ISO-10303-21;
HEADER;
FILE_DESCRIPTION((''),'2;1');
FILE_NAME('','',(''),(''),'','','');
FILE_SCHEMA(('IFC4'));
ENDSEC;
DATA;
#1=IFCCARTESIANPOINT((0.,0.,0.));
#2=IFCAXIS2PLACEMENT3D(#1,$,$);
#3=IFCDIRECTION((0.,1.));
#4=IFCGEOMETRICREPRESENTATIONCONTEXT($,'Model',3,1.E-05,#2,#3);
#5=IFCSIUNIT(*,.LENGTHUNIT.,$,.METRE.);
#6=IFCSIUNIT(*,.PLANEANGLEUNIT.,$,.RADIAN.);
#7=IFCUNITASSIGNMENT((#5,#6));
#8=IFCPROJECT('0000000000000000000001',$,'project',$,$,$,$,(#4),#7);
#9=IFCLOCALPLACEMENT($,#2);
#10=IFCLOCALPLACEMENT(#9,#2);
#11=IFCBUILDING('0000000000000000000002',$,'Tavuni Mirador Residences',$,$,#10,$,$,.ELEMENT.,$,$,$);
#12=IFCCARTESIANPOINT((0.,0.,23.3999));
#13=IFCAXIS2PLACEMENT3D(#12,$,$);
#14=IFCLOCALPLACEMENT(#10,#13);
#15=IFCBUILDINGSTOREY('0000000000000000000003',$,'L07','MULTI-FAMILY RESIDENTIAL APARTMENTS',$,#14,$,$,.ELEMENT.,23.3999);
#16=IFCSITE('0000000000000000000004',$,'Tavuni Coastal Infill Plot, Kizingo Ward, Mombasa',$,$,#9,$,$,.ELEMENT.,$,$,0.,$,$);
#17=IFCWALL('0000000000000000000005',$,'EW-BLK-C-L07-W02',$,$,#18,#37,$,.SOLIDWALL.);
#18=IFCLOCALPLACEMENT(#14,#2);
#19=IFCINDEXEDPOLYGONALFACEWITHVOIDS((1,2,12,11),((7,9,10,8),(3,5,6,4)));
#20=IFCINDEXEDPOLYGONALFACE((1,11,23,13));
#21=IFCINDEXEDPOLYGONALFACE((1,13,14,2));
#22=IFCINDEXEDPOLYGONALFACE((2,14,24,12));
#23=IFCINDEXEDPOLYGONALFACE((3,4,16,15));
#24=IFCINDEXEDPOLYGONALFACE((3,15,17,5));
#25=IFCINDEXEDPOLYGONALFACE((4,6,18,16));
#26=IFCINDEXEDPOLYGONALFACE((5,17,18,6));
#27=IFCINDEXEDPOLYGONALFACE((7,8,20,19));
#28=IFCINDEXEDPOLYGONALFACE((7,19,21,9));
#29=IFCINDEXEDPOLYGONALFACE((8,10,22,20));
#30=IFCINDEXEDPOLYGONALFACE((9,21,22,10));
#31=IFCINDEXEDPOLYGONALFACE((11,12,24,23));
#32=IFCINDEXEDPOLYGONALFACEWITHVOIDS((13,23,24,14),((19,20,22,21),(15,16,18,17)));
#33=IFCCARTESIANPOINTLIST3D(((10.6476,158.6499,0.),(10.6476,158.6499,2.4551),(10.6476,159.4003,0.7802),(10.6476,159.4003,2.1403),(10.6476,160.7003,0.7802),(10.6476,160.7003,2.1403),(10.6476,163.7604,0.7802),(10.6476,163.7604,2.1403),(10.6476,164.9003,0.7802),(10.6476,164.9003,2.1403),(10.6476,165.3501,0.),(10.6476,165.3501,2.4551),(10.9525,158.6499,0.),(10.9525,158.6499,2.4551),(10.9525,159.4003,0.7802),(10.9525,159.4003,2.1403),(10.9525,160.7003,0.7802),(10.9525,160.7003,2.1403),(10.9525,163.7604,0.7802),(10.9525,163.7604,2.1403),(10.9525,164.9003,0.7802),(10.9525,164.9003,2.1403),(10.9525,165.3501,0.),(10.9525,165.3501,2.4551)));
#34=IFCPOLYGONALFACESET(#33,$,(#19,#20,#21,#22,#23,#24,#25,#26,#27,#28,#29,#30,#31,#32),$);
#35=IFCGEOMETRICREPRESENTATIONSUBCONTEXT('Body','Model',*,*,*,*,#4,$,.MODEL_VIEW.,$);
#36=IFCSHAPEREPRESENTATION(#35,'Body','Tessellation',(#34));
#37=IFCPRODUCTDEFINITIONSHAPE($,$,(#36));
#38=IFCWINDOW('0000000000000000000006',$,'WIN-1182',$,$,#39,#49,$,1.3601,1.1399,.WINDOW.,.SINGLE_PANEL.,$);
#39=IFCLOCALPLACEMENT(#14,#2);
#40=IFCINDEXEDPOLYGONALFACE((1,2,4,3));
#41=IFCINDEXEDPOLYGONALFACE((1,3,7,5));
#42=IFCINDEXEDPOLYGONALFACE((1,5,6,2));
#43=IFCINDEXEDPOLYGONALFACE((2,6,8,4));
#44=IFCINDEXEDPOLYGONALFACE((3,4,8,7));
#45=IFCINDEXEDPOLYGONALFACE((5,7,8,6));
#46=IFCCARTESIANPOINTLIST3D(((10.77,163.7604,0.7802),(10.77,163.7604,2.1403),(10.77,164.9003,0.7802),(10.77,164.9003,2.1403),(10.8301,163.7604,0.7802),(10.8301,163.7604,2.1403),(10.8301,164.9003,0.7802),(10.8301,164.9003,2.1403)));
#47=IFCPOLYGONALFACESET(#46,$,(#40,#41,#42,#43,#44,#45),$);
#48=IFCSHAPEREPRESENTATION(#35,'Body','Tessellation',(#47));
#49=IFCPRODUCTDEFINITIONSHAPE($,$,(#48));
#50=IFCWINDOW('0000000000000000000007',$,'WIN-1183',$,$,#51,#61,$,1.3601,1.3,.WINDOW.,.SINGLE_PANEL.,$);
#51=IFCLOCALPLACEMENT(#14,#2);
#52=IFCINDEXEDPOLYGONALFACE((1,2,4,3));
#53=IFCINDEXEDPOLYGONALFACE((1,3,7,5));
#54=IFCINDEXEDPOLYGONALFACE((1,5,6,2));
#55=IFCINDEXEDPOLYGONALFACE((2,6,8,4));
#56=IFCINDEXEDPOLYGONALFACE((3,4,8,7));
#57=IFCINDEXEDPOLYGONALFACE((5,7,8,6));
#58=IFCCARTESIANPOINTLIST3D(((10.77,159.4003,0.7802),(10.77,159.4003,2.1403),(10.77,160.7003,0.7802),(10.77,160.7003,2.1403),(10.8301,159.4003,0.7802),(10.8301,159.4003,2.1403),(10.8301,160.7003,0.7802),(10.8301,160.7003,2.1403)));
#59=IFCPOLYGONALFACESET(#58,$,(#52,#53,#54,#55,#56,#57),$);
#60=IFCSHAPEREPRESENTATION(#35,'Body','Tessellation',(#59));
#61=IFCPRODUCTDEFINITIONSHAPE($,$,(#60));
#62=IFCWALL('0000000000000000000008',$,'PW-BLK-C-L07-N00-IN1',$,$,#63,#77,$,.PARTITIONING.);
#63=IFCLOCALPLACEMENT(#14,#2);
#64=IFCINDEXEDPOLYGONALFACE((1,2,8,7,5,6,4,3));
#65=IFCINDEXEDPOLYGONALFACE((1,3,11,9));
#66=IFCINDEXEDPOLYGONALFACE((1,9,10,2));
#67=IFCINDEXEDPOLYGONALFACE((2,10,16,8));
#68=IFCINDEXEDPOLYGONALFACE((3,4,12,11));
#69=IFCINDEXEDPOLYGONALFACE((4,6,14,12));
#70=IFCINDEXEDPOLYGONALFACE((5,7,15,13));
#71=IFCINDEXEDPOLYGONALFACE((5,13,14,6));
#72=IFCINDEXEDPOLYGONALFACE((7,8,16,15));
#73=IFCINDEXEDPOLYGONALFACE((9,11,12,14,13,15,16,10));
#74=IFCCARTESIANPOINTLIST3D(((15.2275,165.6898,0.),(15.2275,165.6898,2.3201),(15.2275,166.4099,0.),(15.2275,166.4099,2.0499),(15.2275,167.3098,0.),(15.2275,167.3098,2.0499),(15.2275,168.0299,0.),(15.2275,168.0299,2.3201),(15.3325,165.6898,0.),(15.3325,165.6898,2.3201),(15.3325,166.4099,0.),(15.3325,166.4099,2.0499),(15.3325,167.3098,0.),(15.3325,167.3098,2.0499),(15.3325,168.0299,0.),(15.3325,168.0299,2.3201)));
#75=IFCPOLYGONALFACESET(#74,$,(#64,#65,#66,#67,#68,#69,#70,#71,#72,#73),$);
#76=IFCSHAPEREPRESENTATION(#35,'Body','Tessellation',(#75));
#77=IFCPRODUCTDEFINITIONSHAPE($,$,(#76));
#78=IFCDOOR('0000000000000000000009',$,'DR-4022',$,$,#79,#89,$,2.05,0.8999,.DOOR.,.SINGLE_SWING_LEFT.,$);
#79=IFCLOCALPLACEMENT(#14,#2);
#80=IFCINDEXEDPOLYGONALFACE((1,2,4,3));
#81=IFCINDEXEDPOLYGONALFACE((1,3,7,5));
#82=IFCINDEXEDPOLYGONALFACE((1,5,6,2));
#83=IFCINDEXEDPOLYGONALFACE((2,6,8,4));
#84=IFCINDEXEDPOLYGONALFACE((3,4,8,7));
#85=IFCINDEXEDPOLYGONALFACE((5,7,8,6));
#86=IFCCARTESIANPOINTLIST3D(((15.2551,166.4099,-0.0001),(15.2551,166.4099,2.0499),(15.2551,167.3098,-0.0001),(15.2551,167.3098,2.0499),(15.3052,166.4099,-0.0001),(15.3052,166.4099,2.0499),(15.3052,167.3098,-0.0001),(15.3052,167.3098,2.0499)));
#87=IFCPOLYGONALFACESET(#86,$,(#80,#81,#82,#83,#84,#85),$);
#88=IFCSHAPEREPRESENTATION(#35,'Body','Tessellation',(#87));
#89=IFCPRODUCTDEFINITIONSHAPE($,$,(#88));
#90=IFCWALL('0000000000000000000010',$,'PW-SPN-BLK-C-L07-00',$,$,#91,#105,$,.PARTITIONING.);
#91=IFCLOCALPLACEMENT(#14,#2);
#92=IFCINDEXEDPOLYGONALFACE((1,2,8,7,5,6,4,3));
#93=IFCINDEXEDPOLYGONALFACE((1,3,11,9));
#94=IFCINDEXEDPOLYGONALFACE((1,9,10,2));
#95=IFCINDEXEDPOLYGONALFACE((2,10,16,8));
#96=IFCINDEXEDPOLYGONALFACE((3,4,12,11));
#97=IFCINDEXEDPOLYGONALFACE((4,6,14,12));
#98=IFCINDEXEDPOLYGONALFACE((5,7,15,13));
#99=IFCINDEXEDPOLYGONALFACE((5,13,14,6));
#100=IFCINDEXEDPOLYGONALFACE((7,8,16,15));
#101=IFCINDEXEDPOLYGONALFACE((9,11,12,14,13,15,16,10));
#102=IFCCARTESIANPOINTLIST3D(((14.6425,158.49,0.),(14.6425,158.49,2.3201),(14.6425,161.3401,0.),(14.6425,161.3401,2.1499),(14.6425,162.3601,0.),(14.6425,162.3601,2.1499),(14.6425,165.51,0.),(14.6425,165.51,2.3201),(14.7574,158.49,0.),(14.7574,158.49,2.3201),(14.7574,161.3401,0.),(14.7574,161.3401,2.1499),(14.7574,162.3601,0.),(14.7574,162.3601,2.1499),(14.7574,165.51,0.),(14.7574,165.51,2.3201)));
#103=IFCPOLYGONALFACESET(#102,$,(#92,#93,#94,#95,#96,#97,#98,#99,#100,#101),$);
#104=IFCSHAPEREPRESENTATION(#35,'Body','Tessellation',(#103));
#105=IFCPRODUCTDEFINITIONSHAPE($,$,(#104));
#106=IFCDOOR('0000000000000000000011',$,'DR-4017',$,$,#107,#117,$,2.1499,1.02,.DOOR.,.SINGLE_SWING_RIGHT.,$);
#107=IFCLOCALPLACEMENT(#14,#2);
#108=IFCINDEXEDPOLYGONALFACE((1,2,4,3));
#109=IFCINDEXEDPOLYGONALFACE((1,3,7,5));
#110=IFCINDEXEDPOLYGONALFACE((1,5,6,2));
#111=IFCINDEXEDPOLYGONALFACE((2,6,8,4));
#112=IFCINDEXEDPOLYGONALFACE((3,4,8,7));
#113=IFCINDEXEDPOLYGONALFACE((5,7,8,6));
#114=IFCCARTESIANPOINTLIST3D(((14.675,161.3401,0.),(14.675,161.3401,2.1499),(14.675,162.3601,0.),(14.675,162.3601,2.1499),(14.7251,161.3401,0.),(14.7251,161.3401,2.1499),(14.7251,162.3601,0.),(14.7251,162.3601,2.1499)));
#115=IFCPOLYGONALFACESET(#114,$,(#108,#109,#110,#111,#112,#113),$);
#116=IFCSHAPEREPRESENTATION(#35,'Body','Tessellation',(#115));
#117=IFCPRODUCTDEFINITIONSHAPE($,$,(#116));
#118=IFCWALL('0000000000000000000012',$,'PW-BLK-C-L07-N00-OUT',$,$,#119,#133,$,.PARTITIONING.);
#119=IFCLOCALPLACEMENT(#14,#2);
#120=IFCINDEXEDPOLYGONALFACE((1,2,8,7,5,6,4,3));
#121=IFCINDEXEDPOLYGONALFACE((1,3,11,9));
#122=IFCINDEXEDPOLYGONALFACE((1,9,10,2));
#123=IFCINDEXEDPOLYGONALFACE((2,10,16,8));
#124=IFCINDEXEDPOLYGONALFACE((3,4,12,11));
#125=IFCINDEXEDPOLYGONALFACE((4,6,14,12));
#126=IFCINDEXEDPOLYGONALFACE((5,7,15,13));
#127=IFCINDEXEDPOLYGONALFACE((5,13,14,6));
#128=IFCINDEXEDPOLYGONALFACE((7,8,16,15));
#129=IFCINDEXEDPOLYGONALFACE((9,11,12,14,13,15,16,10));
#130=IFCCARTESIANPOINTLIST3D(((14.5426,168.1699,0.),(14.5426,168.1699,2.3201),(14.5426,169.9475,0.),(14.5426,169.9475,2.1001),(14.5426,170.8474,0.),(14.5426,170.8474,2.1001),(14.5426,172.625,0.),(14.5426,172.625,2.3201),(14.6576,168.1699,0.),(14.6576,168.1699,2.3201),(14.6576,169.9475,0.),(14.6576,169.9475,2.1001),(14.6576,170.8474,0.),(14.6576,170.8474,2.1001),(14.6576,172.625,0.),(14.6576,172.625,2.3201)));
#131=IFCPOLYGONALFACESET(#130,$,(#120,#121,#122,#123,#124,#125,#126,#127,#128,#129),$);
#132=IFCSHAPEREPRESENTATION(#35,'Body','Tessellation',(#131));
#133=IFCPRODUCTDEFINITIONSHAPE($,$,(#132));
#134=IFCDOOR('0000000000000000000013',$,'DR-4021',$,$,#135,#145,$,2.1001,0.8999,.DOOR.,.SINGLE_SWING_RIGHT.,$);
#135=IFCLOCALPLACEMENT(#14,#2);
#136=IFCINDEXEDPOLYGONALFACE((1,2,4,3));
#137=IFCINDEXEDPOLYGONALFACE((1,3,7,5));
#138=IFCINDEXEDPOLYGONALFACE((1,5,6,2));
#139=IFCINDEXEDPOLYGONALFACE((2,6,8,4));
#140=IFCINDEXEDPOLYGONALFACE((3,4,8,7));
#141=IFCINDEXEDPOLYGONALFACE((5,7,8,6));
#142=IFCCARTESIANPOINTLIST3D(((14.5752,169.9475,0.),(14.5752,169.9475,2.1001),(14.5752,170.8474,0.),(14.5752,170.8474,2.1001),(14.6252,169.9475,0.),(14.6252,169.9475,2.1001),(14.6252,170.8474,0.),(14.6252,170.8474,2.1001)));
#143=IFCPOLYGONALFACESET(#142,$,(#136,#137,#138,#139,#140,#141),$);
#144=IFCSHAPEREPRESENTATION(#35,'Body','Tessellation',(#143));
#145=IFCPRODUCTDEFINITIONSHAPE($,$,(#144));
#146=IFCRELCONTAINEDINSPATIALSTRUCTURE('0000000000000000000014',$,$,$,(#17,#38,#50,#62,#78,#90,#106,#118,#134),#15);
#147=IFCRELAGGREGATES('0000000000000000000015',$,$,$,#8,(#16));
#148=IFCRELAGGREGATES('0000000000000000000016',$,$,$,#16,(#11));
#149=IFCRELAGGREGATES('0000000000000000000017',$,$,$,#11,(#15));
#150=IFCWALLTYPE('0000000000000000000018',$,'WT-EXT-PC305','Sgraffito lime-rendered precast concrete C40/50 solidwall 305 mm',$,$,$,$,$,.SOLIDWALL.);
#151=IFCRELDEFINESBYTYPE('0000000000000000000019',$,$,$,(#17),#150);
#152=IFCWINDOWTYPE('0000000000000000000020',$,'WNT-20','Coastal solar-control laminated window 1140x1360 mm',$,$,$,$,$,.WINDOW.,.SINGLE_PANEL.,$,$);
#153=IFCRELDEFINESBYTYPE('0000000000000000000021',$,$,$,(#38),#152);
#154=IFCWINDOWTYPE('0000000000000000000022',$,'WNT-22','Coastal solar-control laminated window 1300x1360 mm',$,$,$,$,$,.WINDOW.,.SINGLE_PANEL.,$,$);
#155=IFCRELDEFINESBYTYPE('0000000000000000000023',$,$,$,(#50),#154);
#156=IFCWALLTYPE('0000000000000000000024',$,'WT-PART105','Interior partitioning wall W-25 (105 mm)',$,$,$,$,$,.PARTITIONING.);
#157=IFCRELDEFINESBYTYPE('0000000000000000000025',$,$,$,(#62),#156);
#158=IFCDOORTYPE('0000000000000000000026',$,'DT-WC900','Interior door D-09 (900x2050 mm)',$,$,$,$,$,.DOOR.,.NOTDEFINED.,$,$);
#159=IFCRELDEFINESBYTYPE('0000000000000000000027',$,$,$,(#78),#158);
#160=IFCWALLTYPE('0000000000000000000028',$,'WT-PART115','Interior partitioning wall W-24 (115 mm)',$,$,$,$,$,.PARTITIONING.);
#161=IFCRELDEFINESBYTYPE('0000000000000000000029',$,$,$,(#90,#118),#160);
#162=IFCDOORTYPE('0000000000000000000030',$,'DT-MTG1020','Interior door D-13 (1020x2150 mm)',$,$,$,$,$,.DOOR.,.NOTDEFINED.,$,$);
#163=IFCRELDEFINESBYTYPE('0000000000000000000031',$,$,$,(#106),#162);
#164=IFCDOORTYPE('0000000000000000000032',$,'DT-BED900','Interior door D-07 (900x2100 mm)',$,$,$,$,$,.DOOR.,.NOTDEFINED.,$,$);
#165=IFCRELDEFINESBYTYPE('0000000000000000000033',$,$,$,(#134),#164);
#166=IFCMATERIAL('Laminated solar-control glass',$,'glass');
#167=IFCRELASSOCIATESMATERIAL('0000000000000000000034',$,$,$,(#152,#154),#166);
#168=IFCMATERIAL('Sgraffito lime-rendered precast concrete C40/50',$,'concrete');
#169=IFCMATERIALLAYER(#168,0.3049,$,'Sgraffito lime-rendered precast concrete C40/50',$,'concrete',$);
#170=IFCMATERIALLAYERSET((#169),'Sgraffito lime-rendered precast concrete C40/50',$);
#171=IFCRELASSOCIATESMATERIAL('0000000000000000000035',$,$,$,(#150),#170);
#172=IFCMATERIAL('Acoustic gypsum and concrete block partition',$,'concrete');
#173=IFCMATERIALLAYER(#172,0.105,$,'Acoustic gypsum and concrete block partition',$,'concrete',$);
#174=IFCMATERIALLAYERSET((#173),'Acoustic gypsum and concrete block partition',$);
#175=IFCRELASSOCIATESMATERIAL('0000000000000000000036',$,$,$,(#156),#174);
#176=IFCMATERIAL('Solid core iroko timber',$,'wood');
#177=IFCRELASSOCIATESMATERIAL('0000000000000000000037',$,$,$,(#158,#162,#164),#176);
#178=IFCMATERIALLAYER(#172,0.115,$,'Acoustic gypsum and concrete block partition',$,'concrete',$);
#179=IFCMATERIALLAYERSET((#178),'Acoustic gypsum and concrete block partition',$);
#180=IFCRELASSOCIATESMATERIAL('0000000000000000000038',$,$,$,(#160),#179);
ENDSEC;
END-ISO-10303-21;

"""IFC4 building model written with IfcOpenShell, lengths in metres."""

from ifc_helpers import new_model, si_unit, direction, frame, frame_2d, origin, place, context, subcontext, project, spatial, rectangle, extrude, material, layer, layer_set, type_object, element, fill, save


model = new_model("IFC4")

# Units and contexts
model_context = context("Model", 3, precision=1e-05, world=origin(), true_north=direction((0.0, 1.0)))
body_context = subcontext(model_context, "Body", "Model", "MODEL_VIEW")
ifc_project = project(units=[si_unit("LENGTHUNIT", "METRE"), si_unit("PLANEANGLEUNIT", "RADIAN")], contexts=[model_context])

# Site, building, storey
site_placement = place(None, origin())
site = spatial("IfcSite", under=ifc_project, at=site_placement, Name="Tavuni Coastal Infill Plot, Kizingo Ward, Mombasa", CompositionType="ELEMENT", RefElevation=0.0)
building_placement = place(site_placement, origin())
building = spatial("IfcBuilding", under=site, at=building_placement, Name="Tavuni Mirador Residences", CompositionType="ELEMENT")
storey_placement = place(building_placement, frame((0.0, 0.0, 23.3999)))
storey = spatial("IfcBuildingStorey", under=building, at=storey_placement, Name="L07", Description="MULTI-FAMILY RESIDENTIAL APARTMENTS", CompositionType="ELEMENT", Elevation=23.3999)

# Shared definitions
ifc_material_1 = material(Name="Solid core iroko timber", Category="wood")

# Wall, openings, windows
ifc_material_2 = material(Name="Sgraffito lime-rendered precast concrete C40/50", Category="concrete")
ifc_material_3 = material(Name="Laminated solar-control glass", Category="glass")
window_type_1 = type_object("IfcWindowType", Name="WNT-20", Description="Coastal solar-control laminated window 1140x1360 mm", PartitioningType="SINGLE_PANEL", PredefinedType="WINDOW", material=ifc_material_3)
ifc_layer_1 = layer(ifc_material_2, 0.3049, Name="Sgraffito lime-rendered precast concrete C40/50", Category="concrete")
ifc_layer_set_1 = layer_set([ifc_layer_1], Name="Sgraffito lime-rendered precast concrete C40/50")
wall_type_1 = type_object("IfcWallType", Name="WT-EXT-PC305", Description="Sgraffito lime-rendered precast concrete C40/50 solidwall 305 mm", PredefinedType="SOLIDWALL", material=ifc_layer_set_1)
wall_1_placement = place(storey_placement, frame((10.8, 165.3501, 0.0), z_axis=(0.0, 0.0, 1.0), x_axis=(0.0, -1.0, 0.0)))
wall_1 = element("IfcWall", 1, at=wall_1_placement, inside=storey, type_object=wall_type_1, Name="EW-BLK-C-L07-W02", PredefinedType="SOLIDWALL", context=body_context, shape_type="SweptSolid", body=[
    extrude(rectangle(XDim=6.7002, YDim=0.3049, at=frame_2d((3.3501, 0.0))), origin(), (0.0, 0.0, 1.0), 2.4551),
])
opening_1_placement = place(wall_1_placement, frame((0.45, 0.0, 0.78)))
opening_1 = element("IfcOpeningElement", 2, at=opening_1_placement, cuts=wall_1, PredefinedType="OPENING", context=body_context, shape_type="SweptSolid", body=[
    extrude(rectangle(XDim=1.1399, YDim=1.3601, at=frame_2d((0.5698, 0.6802))), frame((0.0, 0.1626, 0.0), z_axis=(0.0, -1.0, 0.0), x_axis=(1.0, 0.0, 0.0)), (0.0, 0.0, 1.0), 0.325),
])
opening_2_placement = place(wall_1_placement, frame((4.6499, 0.0, 0.78)))
opening_2 = element("IfcOpeningElement", 3, at=opening_2_placement, cuts=wall_1, PredefinedType="OPENING", context=body_context, shape_type="SweptSolid", body=[
    extrude(rectangle(XDim=1.3, YDim=1.3601, at=frame_2d((0.6499, 0.6802))), frame((0.0, 0.1626, 0.0), z_axis=(0.0, -1.0, 0.0), x_axis=(1.0, 0.0, 0.0)), (0.0, 0.0, 1.0), 0.325),
])
window_1_placement = place(opening_1_placement, origin())
window_1 = element("IfcWindow", 4, at=window_1_placement, inside=storey, type_object=window_type_1, Name="WIN-1182", OverallHeight=1.3601, OverallWidth=1.1399, PartitioningType="SINGLE_PANEL", PredefinedType="WINDOW", context=body_context, shape_type="SweptSolid", body=[
    extrude(rectangle(XDim=1.1399, YDim=1.3601, at=frame_2d((0.5698, 0.6802))), frame((0.0, 0.03, 0.0), z_axis=(0.0, -1.0, 0.0), x_axis=(1.0, 0.0, 0.0)), (0.0, 0.0, 1.0), 0.0601),
])
fill(opening_1, window_1)
window_type_2 = type_object("IfcWindowType", Name="WNT-22", Description="Coastal solar-control laminated window 1300x1360 mm", PartitioningType="SINGLE_PANEL", PredefinedType="WINDOW", material=ifc_material_3)
window_2_placement = place(opening_2_placement, origin())
window_2 = element("IfcWindow", 5, at=window_2_placement, inside=storey, type_object=window_type_2, Name="WIN-1183", OverallHeight=1.3601, OverallWidth=1.3, PartitioningType="SINGLE_PANEL", PredefinedType="WINDOW", context=body_context, shape_type="SweptSolid", body=[
    extrude(rectangle(XDim=1.3, YDim=1.3601, at=frame_2d((0.6499, 0.6802))), frame((0.0, 0.03, 0.0), z_axis=(0.0, -1.0, 0.0), x_axis=(1.0, 0.0, 0.0)), (0.0, 0.0, 1.0), 0.0601),
])
fill(opening_2, window_2)

# Walls, openings, doors
ifc_material_4 = material(Name="Acoustic gypsum and concrete block partition", Category="concrete")
ifc_layer_2 = layer(ifc_material_4, 0.105, Name="Acoustic gypsum and concrete block partition", Category="concrete")
ifc_layer_set_2 = layer_set([ifc_layer_2], Name="Acoustic gypsum and concrete block partition")
wall_type_2 = type_object("IfcWallType", Name="WT-PART105", Description="Interior partitioning wall W-25 (105 mm)", PredefinedType="PARTITIONING", material=ifc_layer_set_2)
wall_2_placement = place(storey_placement, frame((15.28, 165.6899, 0.0), z_axis=(0.0, 0.0, 1.0), x_axis=(0.0, 1.0, 0.0)))
wall_2 = element("IfcWall", 6, at=wall_2_placement, inside=storey, type_object=wall_type_2, Name="PW-BLK-C-L07-N00-IN1", PredefinedType="PARTITIONING", context=body_context, shape_type="SweptSolid", body=[
    extrude(rectangle(XDim=2.3401, YDim=0.105, at=frame_2d((1.1699, 0.0))), origin(), (0.0, 0.0, 1.0), 2.3201),
])
opening_3_placement = place(wall_2_placement, frame((0.72, 0.0, 0.0)))
opening_3 = element("IfcOpeningElement", 7, at=opening_3_placement, cuts=wall_2, PredefinedType="OPENING", context=body_context, shape_type="SweptSolid", body=[
    extrude(rectangle(XDim=0.8999, YDim=2.05, at=frame_2d((0.45, 1.0249))), frame((0.0, 0.0625, 0.0), z_axis=(0.0, -1.0, 0.0), x_axis=(1.0, 0.0, 0.0)), (0.0, 0.0, 1.0), 0.125),
])
door_type_1 = type_object("IfcDoorType", Name="DT-WC900", Description="Interior door D-09 (900x2050 mm)", OperationType="NOTDEFINED", PredefinedType="DOOR", material=ifc_material_1)
door_1_placement = place(opening_3_placement, origin())
door_1 = element("IfcDoor", 8, at=door_1_placement, inside=storey, type_object=door_type_1, Name="DR-4022", OperationType="SINGLE_SWING_LEFT", OverallHeight=2.05, OverallWidth=0.8999, PredefinedType="DOOR", context=body_context, shape_type="SweptSolid", body=[
    extrude(rectangle(XDim=0.8999, YDim=2.05, at=frame_2d((0.45, 1.0249))), frame((0.0, 0.0249, 0.0), z_axis=(0.0, -1.0, 0.0), x_axis=(1.0, 0.0, 0.0)), (0.0, 0.0, 1.0), 0.05),
])
fill(opening_3, door_1)
ifc_layer_3 = layer(ifc_material_4, 0.115, Name="Acoustic gypsum and concrete block partition", Category="concrete")
ifc_layer_set_3 = layer_set([ifc_layer_3], Name="Acoustic gypsum and concrete block partition")
wall_type_3 = type_object("IfcWallType", Name="WT-PART115", Description="Interior partitioning wall W-24 (115 mm)", PredefinedType="PARTITIONING", material=ifc_layer_set_3)
wall_3_placement = place(storey_placement, frame((14.7, 158.49, 0.0), z_axis=(0.0, 0.0, 1.0), x_axis=(0.0, 1.0, 0.0)))
wall_3 = element("IfcWall", 9, at=wall_3_placement, inside=storey, type_object=wall_type_3, Name="PW-SPN-BLK-C-L07-00", PredefinedType="PARTITIONING", context=body_context, shape_type="SweptSolid", body=[
    extrude(rectangle(XDim=7.02, YDim=0.115, at=frame_2d((3.51, 0.0))), origin(), (0.0, 0.0, 1.0), 2.3201),
])
opening_4_placement = place(wall_3_placement, frame((2.8501, 0.0, 0.0)))
opening_4 = element("IfcOpeningElement", 10, at=opening_4_placement, cuts=wall_3, PredefinedType="OPENING", context=body_context, shape_type="SweptSolid", body=[
    extrude(rectangle(XDim=1.02, YDim=2.1499, at=frame_2d((0.51, 1.075))), frame((0.0, 0.0674, 0.0), z_axis=(0.0, -1.0, 0.0), x_axis=(1.0, 0.0, 0.0)), (0.0, 0.0, 1.0), 0.135),
])
door_type_2 = type_object("IfcDoorType", Name="DT-MTG1020", Description="Interior door D-13 (1020x2150 mm)", OperationType="NOTDEFINED", PredefinedType="DOOR", material=ifc_material_1)
door_2_placement = place(opening_4_placement, origin())
door_2 = element("IfcDoor", 11, at=door_2_placement, inside=storey, type_object=door_type_2, Name="DR-4017", OperationType="SINGLE_SWING_RIGHT", OverallHeight=2.1499, OverallWidth=1.02, PredefinedType="DOOR", context=body_context, shape_type="SweptSolid", body=[
    extrude(rectangle(XDim=1.02, YDim=2.1499, at=frame_2d((0.51, 1.075))), frame((0.0, 0.0249, 0.0), z_axis=(0.0, -1.0, 0.0), x_axis=(1.0, 0.0, 0.0)), (0.0, 0.0, 1.0), 0.05),
])
fill(opening_4, door_2)
wall_4_placement = place(storey_placement, frame((14.6001, 168.1699, 0.0), z_axis=(0.0, 0.0, 1.0), x_axis=(0.0, 1.0, 0.0)))
wall_4 = element("IfcWall", 12, at=wall_4_placement, inside=storey, type_object=wall_type_3, Name="PW-BLK-C-L07-N00-OUT", PredefinedType="PARTITIONING", context=body_context, shape_type="SweptSolid", body=[
    extrude(rectangle(XDim=4.4551, YDim=0.115, at=frame_2d((2.2275, 0.0))), origin(), (0.0, 0.0, 1.0), 2.3201),
])
opening_5_placement = place(wall_4_placement, frame((1.7776, 0.0, 0.0)))
opening_5 = element("IfcOpeningElement", 13, at=opening_5_placement, cuts=wall_4, PredefinedType="OPENING", context=body_context, shape_type="SweptSolid", body=[
    extrude(rectangle(XDim=0.8999, YDim=2.1001, at=frame_2d((0.45, 1.05))), frame((0.0, 0.0674, 0.0), z_axis=(0.0, -1.0, 0.0), x_axis=(1.0, 0.0, 0.0)), (0.0, 0.0, 1.0), 0.135),
])
door_type_3 = type_object("IfcDoorType", Name="DT-BED900", Description="Interior door D-07 (900x2100 mm)", OperationType="NOTDEFINED", PredefinedType="DOOR", material=ifc_material_1)
door_3_placement = place(opening_5_placement, origin())
door_3 = element("IfcDoor", 14, at=door_3_placement, inside=storey, type_object=door_type_3, Name="DR-4021", OperationType="SINGLE_SWING_RIGHT", OverallHeight=2.1001, OverallWidth=0.8999, PredefinedType="DOOR", context=body_context, shape_type="SweptSolid", body=[
    extrude(rectangle(XDim=0.8999, YDim=2.1001, at=frame_2d((0.45, 1.05))), frame((0.0, 0.0249, 0.0), z_axis=(0.0, -1.0, 0.0), x_axis=(1.0, 0.0, 0.0)), (0.0, 0.0, 1.0), 0.05),
])
fill(opening_5, door_3)

save(model, "model.ifc")
